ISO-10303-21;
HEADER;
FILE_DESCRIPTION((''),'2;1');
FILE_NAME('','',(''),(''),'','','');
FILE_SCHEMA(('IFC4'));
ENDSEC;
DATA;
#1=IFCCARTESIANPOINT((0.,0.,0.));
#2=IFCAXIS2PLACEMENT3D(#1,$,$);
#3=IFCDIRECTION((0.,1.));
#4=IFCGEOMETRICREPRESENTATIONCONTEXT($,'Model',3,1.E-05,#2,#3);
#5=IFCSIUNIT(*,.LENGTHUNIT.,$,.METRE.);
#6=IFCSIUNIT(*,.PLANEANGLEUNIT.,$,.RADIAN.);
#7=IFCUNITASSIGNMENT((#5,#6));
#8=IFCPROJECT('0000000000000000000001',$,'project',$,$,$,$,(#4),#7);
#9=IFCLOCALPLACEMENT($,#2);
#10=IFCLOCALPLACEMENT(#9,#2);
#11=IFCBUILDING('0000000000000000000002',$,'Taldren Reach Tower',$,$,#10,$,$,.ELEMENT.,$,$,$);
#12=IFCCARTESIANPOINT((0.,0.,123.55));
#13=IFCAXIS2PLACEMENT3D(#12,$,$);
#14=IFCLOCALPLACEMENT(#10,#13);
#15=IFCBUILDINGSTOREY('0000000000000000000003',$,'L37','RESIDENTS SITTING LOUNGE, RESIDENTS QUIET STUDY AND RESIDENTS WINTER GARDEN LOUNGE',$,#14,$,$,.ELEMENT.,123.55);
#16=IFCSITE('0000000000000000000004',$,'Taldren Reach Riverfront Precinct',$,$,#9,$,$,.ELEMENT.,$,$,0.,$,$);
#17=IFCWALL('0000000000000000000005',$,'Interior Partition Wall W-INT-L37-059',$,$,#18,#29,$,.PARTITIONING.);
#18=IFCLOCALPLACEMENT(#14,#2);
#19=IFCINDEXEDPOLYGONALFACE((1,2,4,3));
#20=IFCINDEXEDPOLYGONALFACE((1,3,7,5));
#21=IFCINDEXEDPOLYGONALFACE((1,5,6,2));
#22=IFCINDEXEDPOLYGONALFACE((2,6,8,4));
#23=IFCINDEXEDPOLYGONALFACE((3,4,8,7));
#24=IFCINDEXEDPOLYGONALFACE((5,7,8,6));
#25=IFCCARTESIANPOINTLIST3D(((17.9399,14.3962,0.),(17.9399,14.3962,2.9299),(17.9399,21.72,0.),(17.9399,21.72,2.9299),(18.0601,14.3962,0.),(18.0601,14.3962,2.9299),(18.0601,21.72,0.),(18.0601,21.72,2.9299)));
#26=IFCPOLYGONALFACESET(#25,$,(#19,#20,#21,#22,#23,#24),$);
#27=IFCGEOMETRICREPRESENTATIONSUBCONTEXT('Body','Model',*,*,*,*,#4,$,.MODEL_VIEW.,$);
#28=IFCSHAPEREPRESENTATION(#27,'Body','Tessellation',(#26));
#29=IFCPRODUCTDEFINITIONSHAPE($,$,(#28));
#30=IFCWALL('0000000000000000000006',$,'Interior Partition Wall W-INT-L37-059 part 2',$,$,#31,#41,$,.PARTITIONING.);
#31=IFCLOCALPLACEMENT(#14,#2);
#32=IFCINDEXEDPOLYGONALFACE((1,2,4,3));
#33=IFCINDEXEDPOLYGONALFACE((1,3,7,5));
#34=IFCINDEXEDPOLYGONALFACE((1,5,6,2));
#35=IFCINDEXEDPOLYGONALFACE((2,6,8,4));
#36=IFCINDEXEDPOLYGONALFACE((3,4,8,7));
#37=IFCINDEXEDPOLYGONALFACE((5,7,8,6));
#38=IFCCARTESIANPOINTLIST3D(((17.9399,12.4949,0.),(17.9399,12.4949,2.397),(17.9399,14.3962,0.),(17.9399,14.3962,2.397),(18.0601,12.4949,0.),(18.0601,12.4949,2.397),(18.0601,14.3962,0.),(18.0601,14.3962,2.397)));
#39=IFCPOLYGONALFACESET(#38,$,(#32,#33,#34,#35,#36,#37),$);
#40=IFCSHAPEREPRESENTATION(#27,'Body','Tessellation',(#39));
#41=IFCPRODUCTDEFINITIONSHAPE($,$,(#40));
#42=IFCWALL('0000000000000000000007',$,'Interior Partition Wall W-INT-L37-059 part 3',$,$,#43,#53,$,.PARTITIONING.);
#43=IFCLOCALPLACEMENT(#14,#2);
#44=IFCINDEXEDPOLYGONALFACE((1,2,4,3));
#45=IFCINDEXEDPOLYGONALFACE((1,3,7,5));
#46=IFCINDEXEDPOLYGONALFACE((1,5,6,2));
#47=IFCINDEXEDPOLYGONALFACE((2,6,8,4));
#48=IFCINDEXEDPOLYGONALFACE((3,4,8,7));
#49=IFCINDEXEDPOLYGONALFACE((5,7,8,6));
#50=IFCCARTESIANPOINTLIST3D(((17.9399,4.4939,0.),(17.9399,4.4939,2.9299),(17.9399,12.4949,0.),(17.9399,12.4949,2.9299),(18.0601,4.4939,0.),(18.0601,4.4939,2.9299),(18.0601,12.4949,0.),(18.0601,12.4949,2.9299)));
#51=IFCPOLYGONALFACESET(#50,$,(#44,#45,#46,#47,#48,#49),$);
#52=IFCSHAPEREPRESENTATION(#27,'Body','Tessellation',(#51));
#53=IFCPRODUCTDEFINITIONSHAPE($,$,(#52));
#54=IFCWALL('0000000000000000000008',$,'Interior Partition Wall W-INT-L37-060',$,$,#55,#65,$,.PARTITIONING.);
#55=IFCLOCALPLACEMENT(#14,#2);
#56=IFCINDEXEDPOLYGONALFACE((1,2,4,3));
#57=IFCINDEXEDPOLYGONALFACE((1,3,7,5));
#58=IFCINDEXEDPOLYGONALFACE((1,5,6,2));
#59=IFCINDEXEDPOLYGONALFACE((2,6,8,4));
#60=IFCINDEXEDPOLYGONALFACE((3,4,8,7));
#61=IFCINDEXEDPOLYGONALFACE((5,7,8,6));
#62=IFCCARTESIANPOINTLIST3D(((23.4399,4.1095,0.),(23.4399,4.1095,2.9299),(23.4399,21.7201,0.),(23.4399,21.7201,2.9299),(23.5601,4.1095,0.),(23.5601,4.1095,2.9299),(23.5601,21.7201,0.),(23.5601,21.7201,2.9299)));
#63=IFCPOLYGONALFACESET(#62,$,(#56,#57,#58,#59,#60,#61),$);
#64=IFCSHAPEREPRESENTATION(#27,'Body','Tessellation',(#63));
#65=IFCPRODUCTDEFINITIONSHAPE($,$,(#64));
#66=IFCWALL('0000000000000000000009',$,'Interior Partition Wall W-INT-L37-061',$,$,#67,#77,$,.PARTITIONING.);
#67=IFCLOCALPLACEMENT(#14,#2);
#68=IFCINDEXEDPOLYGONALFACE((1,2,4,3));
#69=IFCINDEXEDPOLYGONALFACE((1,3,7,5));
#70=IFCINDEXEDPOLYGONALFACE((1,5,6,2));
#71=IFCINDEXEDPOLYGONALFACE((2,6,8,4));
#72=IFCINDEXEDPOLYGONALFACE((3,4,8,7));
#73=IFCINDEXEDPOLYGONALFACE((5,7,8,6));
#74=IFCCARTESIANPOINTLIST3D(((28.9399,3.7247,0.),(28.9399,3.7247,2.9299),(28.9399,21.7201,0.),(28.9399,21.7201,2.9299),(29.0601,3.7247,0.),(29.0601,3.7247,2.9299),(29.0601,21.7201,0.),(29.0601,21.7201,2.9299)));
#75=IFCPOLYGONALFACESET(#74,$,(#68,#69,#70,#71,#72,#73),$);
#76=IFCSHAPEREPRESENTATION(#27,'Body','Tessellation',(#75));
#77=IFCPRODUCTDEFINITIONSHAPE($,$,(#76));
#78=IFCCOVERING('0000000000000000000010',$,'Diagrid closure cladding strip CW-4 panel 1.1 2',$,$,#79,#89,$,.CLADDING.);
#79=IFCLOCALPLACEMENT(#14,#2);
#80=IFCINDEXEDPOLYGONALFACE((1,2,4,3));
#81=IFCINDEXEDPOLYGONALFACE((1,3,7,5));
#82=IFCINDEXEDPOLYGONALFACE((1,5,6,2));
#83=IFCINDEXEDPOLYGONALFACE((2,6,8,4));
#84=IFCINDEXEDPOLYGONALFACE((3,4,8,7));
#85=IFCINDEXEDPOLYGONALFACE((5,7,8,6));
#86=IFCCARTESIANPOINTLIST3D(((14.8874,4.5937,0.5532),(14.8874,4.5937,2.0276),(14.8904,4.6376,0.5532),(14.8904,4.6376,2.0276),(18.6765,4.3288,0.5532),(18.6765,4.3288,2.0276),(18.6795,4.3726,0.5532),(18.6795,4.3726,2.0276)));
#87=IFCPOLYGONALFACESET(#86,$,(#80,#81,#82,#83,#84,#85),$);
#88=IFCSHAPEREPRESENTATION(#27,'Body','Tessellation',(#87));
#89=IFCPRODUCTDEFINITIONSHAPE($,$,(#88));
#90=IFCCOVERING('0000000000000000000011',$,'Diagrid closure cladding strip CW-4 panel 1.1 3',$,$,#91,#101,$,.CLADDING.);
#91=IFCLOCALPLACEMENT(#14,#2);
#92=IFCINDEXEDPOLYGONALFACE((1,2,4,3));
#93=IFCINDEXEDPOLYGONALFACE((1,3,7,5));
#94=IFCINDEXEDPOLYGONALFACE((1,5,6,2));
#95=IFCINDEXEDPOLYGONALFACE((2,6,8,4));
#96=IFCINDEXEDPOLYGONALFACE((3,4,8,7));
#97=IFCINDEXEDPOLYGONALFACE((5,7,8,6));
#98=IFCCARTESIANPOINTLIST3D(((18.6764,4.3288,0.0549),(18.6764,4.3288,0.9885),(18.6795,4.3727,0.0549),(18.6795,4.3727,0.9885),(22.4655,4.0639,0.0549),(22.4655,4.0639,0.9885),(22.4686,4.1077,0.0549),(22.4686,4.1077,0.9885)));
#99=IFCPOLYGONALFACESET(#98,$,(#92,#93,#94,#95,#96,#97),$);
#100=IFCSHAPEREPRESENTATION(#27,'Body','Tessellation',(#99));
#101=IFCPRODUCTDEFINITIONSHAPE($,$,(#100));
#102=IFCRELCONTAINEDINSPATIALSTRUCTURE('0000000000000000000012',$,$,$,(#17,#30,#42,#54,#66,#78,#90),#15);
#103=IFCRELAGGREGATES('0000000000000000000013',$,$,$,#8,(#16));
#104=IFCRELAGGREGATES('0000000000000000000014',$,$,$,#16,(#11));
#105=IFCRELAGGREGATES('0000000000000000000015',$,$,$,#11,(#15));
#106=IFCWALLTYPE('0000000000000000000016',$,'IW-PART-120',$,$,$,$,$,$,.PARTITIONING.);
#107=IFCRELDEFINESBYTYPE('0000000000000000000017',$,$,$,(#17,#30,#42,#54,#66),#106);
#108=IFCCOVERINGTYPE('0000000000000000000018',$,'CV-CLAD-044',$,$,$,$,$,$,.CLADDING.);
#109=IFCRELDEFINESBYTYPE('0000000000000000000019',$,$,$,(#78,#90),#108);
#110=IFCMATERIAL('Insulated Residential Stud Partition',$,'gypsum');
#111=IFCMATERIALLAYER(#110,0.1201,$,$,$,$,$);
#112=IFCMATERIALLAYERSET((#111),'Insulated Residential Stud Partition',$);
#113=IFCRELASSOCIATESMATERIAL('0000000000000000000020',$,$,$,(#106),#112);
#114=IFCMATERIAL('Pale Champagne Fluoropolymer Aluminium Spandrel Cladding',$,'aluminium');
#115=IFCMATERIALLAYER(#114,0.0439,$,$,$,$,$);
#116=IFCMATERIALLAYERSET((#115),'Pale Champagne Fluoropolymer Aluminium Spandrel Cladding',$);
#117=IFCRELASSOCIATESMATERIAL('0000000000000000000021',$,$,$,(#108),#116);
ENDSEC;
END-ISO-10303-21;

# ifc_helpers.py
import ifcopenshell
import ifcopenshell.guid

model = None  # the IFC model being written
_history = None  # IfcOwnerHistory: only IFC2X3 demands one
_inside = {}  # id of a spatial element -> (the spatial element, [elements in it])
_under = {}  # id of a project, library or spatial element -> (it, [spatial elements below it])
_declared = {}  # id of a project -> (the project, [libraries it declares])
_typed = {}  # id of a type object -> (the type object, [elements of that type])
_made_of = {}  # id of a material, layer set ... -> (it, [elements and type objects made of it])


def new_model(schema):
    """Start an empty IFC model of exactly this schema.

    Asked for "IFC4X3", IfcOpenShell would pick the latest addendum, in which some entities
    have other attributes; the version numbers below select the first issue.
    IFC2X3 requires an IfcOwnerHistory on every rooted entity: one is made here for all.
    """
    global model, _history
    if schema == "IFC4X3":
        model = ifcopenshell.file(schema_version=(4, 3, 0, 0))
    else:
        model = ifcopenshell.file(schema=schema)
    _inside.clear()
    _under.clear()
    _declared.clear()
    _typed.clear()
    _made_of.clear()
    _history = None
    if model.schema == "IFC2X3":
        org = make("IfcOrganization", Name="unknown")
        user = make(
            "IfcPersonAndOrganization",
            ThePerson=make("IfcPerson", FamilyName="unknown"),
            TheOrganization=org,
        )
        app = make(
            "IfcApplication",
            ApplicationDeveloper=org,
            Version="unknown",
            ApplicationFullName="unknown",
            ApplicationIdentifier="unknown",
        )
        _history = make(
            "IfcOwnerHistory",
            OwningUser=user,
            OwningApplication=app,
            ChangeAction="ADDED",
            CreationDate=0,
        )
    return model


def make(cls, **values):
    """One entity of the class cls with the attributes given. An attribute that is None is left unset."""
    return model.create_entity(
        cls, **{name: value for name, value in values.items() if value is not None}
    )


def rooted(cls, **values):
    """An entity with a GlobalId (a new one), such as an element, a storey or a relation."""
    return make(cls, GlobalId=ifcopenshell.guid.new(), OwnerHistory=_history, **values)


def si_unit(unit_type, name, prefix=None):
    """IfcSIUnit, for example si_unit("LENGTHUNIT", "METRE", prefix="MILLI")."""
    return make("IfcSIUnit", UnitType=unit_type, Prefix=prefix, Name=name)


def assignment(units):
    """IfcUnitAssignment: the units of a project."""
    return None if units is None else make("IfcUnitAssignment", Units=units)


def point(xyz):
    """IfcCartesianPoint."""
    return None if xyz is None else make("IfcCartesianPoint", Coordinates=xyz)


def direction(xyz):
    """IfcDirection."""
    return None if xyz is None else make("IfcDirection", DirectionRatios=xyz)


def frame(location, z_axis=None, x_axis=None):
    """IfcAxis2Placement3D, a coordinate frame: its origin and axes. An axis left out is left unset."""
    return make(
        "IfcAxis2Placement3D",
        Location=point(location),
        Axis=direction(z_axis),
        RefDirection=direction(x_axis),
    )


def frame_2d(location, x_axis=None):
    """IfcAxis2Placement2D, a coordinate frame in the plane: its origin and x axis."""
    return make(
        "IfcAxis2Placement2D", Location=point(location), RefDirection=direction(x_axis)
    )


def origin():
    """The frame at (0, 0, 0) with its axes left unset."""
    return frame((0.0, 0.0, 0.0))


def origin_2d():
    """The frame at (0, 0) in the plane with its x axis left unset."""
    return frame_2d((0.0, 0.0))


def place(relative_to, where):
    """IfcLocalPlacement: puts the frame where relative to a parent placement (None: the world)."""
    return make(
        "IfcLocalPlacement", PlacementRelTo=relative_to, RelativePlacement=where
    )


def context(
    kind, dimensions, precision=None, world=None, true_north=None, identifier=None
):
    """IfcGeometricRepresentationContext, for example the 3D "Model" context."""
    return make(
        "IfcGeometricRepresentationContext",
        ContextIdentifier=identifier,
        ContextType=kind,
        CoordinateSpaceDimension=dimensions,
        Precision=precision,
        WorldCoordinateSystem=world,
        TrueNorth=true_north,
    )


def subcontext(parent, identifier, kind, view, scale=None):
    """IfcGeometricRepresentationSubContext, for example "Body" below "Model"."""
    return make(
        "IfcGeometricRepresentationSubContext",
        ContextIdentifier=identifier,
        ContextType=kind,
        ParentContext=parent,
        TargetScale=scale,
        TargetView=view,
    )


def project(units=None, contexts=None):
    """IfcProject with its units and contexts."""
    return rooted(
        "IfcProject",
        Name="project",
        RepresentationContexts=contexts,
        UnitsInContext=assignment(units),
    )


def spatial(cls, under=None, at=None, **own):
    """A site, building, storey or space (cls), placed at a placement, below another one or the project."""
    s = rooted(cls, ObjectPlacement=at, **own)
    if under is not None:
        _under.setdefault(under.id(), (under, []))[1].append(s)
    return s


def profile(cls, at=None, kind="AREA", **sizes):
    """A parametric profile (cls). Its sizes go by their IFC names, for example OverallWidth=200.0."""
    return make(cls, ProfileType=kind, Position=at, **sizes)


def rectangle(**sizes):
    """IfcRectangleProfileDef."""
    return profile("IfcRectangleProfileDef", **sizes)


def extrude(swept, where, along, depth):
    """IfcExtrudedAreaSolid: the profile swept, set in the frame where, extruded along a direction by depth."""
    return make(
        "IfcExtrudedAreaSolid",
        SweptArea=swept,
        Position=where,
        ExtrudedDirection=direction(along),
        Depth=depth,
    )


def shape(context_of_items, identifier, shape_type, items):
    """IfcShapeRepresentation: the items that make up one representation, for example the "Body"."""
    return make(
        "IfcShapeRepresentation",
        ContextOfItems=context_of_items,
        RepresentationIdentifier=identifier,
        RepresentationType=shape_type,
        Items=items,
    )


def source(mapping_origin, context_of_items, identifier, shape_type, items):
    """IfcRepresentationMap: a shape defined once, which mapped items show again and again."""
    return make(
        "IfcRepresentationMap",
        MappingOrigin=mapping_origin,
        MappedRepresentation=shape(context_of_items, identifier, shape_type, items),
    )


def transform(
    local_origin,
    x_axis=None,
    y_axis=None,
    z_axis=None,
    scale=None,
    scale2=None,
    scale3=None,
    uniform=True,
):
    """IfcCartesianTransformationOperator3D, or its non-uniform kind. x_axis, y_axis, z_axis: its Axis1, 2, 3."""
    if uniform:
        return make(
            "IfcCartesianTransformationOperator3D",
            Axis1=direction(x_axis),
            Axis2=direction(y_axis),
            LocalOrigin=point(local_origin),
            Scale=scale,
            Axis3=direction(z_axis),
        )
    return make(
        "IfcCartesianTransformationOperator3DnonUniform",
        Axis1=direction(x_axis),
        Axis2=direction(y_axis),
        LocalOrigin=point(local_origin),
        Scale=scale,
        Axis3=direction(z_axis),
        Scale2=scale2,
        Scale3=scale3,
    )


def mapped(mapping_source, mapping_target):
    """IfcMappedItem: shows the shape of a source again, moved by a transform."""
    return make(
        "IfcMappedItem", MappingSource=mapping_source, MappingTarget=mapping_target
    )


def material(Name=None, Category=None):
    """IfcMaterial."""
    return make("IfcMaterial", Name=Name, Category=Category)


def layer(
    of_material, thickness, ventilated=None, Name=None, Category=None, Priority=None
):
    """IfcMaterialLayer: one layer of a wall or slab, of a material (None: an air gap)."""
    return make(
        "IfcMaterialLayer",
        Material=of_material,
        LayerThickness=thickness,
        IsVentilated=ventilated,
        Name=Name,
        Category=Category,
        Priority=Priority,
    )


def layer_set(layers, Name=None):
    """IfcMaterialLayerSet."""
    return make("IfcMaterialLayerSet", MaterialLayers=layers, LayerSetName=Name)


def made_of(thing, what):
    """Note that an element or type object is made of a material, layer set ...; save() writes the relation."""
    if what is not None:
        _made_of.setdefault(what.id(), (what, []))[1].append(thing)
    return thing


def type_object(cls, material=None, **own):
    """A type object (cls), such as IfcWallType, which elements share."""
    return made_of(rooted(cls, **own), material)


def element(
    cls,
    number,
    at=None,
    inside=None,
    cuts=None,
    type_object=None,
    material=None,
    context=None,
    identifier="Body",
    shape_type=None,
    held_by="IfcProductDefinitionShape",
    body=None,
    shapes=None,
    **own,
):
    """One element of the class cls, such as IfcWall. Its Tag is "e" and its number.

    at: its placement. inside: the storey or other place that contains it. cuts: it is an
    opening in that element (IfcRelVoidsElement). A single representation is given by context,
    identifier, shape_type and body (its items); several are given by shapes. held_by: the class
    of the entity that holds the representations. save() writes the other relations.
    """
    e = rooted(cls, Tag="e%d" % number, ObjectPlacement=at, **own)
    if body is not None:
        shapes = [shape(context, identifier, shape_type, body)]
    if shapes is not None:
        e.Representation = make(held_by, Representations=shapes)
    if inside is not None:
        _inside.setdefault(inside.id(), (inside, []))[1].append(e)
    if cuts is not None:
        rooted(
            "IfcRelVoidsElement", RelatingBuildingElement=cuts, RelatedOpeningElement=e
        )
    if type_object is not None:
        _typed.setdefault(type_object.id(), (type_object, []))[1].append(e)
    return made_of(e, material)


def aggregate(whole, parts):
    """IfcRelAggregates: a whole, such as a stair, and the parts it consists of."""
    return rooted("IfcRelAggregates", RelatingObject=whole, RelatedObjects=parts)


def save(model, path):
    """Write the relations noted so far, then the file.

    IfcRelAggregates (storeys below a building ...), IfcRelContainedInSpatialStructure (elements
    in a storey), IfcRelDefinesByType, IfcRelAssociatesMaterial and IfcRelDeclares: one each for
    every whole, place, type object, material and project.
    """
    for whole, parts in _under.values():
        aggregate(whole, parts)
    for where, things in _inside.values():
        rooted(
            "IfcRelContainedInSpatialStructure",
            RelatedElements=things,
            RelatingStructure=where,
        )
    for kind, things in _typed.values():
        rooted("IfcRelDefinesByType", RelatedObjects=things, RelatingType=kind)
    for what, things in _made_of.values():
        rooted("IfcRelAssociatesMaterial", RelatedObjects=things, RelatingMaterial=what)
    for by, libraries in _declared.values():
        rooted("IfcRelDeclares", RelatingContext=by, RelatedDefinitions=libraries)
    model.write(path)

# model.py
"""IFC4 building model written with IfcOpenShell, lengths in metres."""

from ifc_helpers import new_model, si_unit, direction, frame, frame_2d, origin, origin_2d, place, context, subcontext, project, spatial, rectangle, extrude, source, transform, mapped, material, layer, layer_set, type_object, element, save


model = new_model("IFC4")

# Units and contexts
model_context = context("Model", 3, precision=1e-05, world=origin(), true_north=direction((0.0, 1.0)))
body_context = subcontext(model_context, "Body", "Model", "MODEL_VIEW")
ifc_project = project(units=[si_unit("LENGTHUNIT", "METRE"), si_unit("PLANEANGLEUNIT", "RADIAN")], contexts=[model_context])

# Site, building, storey
site_placement = place(None, origin())
site = spatial("IfcSite", under=ifc_project, at=site_placement, Name="Taldren Reach Riverfront Precinct", CompositionType="ELEMENT", RefElevation=0.0)
building_placement = place(site_placement, origin())
building = spatial("IfcBuilding", under=site, at=building_placement, Name="Taldren Reach Tower", CompositionType="ELEMENT")
storey_placement = place(building_placement, frame((0.0, 0.0, 123.55)))
storey = spatial("IfcBuildingStorey", under=building, at=storey_placement, Name="L37", Description="RESIDENTS SITTING LOUNGE, RESIDENTS QUIET STUDY AND RESIDENTS WINTER GARDEN LOUNGE", CompositionType="ELEMENT", Elevation=123.55)

# Walls
ifc_material_1 = material(Name="Insulated Residential Stud Partition", Category="gypsum")
ifc_layer_1 = layer(ifc_material_1, 0.1201)
ifc_layer_set_1 = layer_set([ifc_layer_1], Name="Insulated Residential Stud Partition")
wall_type_1 = type_object("IfcWallType", Name="IW-PART-120", PredefinedType="PARTITIONING", material=ifc_layer_set_1)
shared_shape_1 = source(origin(), body_context, "Body", "SweptSolid", [
    extrude(rectangle(XDim=7.3237, YDim=0.1201, at=frame_2d((3.6619, 0.0))), origin(), (0.0, 0.0, 1.0), 2.9299),
])
wall_1_placement = place(storey_placement, frame((18.0, 21.72, 0.0), z_axis=(0.0, 0.0, 1.0), x_axis=(0.0, -1.0, 0.0)))
element("IfcWall", 1, at=wall_1_placement, inside=storey, type_object=wall_type_1, Name="Interior Partition Wall W-INT-L37-059", PredefinedType="PARTITIONING", context=body_context, shape_type="MappedRepresentation", body=[
    mapped(shared_shape_1, transform((0.0, 0.0, 0.0), scale=1.0)),
])
shared_shape_2 = source(origin(), body_context, "Body", "SweptSolid", [
    extrude(rectangle(XDim=1.9014, YDim=0.1201, at=frame_2d((0.9507, 0.0))), origin(), (0.0, 0.0, 1.0), 2.397),
])
wall_2_placement = place(storey_placement, frame((18.0, 14.3962, 0.0), z_axis=(0.0, 0.0, 1.0), x_axis=(0.0, -1.0, 0.0)))
element("IfcWall", 2, at=wall_2_placement, inside=storey, type_object=wall_type_1, Name="Interior Partition Wall W-INT-L37-059 part 2", PredefinedType="PARTITIONING", context=body_context, shape_type="MappedRepresentation", body=[
    mapped(shared_shape_2, transform((0.0, 0.0, 0.0), scale=1.0)),
])
shared_shape_3 = source(origin(), body_context, "Body", "SweptSolid", [
    extrude(rectangle(XDim=8.001, YDim=0.1201, at=frame_2d((4.0005, 0.0))), origin(), (0.0, 0.0, 1.0), 2.9299),
])
wall_3_placement = place(storey_placement, frame((18.0, 12.4949, 0.0), z_axis=(0.0, 0.0, 1.0), x_axis=(0.0, -1.0, 0.0)))
element("IfcWall", 3, at=wall_3_placement, inside=storey, type_object=wall_type_1, Name="Interior Partition Wall W-INT-L37-059 part 3", PredefinedType="PARTITIONING", context=body_context, shape_type="MappedRepresentation", body=[
    mapped(shared_shape_3, transform((0.0, 0.0, 0.0), scale=1.0)),
])
shared_shape_4 = source(origin(), body_context, "Body", "SweptSolid", [
    extrude(rectangle(XDim=17.6106, YDim=0.1201, at=frame_2d((8.8052, 0.0))), origin(), (0.0, 0.0, 1.0), 2.9299),
])
wall_4_placement = place(storey_placement, frame((23.5, 21.72, 0.0), z_axis=(0.0, 0.0, 1.0), x_axis=(0.0, -1.0, 0.0)))
element("IfcWall", 4, at=wall_4_placement, inside=storey, type_object=wall_type_1, Name="Interior Partition Wall W-INT-L37-060", PredefinedType="PARTITIONING", context=body_context, shape_type="MappedRepresentation", body=[
    mapped(shared_shape_4, transform((0.0, 0.0, 0.0), scale=1.0)),
])
shared_shape_5 = source(origin(), body_context, "Body", "SweptSolid", [
    extrude(rectangle(XDim=17.9954, YDim=0.1201, at=frame_2d((8.9976, 0.0))), origin(), (0.0, 0.0, 1.0), 2.9299),
])
wall_5_placement = place(storey_placement, frame((29.0, 21.72, 0.0), z_axis=(0.0, 0.0, 1.0), x_axis=(0.0, -1.0, 0.0)))
element("IfcWall", 5, at=wall_5_placement, inside=storey, type_object=wall_type_1, Name="Interior Partition Wall W-INT-L37-061", PredefinedType="PARTITIONING", context=body_context, shape_type="MappedRepresentation", body=[
    mapped(shared_shape_5, transform((0.0, 0.0, 0.0), scale=1.0)),
])

# Coverings
ifc_material_2 = material(Name="Pale Champagne Fluoropolymer Aluminium Spandrel Cladding", Category="aluminium")
ifc_layer_2 = layer(ifc_material_2, 0.0439)
ifc_layer_set_2 = layer_set([ifc_layer_2], Name="Pale Champagne Fluoropolymer Aluminium Spandrel Cladding")
covering_type = type_object("IfcCoveringType", Name="CV-CLAD-044", PredefinedType="CLADDING", material=ifc_layer_set_2)
shared_shape_6 = source(origin(), body_context, "Body", "SweptSolid", [
    extrude(rectangle(XDim=3.7983, YDim=0.0439, at=origin_2d()), origin(), (0.0, 0.0, 1.0), 1.4744),
])
covering_1_placement = place(storey_placement, frame((16.7834, 4.4832, 0.5532), z_axis=(0.0, 0.0, 1.0), x_axis=(0.997564, -0.069757, 0.0)))
element("IfcCovering", 6, at=covering_1_placement, inside=storey, type_object=covering_type, Name="Diagrid closure cladding strip CW-4 panel 1.1 2", PredefinedType="CLADDING", context=body_context, shape_type="MappedRepresentation", body=[
    mapped(shared_shape_6, transform((0.0, 0.0, 0.0), scale=1.0)),
])
shared_shape_7 = source(origin(), body_context, "Body", "SweptSolid", [
    extrude(rectangle(XDim=3.7983, YDim=0.0439, at=origin_2d()), origin(), (0.0, 0.0, 1.0), 0.9336),
])
covering_2_placement = place(storey_placement, frame((20.5725, 4.2183, 0.0549), z_axis=(0.0, 0.0, 1.0), x_axis=(0.997564, -0.069757, 0.0)))
element("IfcCovering", 7, at=covering_2_placement, inside=storey, type_object=covering_type, Name="Diagrid closure cladding strip CW-4 panel 1.1 3", PredefinedType="CLADDING", context=body_context, shape_type="MappedRepresentation", body=[
    mapped(shared_shape_7, transform((0.0, 0.0, 0.0), scale=1.0)),
])

save(model, "model.ifc")
